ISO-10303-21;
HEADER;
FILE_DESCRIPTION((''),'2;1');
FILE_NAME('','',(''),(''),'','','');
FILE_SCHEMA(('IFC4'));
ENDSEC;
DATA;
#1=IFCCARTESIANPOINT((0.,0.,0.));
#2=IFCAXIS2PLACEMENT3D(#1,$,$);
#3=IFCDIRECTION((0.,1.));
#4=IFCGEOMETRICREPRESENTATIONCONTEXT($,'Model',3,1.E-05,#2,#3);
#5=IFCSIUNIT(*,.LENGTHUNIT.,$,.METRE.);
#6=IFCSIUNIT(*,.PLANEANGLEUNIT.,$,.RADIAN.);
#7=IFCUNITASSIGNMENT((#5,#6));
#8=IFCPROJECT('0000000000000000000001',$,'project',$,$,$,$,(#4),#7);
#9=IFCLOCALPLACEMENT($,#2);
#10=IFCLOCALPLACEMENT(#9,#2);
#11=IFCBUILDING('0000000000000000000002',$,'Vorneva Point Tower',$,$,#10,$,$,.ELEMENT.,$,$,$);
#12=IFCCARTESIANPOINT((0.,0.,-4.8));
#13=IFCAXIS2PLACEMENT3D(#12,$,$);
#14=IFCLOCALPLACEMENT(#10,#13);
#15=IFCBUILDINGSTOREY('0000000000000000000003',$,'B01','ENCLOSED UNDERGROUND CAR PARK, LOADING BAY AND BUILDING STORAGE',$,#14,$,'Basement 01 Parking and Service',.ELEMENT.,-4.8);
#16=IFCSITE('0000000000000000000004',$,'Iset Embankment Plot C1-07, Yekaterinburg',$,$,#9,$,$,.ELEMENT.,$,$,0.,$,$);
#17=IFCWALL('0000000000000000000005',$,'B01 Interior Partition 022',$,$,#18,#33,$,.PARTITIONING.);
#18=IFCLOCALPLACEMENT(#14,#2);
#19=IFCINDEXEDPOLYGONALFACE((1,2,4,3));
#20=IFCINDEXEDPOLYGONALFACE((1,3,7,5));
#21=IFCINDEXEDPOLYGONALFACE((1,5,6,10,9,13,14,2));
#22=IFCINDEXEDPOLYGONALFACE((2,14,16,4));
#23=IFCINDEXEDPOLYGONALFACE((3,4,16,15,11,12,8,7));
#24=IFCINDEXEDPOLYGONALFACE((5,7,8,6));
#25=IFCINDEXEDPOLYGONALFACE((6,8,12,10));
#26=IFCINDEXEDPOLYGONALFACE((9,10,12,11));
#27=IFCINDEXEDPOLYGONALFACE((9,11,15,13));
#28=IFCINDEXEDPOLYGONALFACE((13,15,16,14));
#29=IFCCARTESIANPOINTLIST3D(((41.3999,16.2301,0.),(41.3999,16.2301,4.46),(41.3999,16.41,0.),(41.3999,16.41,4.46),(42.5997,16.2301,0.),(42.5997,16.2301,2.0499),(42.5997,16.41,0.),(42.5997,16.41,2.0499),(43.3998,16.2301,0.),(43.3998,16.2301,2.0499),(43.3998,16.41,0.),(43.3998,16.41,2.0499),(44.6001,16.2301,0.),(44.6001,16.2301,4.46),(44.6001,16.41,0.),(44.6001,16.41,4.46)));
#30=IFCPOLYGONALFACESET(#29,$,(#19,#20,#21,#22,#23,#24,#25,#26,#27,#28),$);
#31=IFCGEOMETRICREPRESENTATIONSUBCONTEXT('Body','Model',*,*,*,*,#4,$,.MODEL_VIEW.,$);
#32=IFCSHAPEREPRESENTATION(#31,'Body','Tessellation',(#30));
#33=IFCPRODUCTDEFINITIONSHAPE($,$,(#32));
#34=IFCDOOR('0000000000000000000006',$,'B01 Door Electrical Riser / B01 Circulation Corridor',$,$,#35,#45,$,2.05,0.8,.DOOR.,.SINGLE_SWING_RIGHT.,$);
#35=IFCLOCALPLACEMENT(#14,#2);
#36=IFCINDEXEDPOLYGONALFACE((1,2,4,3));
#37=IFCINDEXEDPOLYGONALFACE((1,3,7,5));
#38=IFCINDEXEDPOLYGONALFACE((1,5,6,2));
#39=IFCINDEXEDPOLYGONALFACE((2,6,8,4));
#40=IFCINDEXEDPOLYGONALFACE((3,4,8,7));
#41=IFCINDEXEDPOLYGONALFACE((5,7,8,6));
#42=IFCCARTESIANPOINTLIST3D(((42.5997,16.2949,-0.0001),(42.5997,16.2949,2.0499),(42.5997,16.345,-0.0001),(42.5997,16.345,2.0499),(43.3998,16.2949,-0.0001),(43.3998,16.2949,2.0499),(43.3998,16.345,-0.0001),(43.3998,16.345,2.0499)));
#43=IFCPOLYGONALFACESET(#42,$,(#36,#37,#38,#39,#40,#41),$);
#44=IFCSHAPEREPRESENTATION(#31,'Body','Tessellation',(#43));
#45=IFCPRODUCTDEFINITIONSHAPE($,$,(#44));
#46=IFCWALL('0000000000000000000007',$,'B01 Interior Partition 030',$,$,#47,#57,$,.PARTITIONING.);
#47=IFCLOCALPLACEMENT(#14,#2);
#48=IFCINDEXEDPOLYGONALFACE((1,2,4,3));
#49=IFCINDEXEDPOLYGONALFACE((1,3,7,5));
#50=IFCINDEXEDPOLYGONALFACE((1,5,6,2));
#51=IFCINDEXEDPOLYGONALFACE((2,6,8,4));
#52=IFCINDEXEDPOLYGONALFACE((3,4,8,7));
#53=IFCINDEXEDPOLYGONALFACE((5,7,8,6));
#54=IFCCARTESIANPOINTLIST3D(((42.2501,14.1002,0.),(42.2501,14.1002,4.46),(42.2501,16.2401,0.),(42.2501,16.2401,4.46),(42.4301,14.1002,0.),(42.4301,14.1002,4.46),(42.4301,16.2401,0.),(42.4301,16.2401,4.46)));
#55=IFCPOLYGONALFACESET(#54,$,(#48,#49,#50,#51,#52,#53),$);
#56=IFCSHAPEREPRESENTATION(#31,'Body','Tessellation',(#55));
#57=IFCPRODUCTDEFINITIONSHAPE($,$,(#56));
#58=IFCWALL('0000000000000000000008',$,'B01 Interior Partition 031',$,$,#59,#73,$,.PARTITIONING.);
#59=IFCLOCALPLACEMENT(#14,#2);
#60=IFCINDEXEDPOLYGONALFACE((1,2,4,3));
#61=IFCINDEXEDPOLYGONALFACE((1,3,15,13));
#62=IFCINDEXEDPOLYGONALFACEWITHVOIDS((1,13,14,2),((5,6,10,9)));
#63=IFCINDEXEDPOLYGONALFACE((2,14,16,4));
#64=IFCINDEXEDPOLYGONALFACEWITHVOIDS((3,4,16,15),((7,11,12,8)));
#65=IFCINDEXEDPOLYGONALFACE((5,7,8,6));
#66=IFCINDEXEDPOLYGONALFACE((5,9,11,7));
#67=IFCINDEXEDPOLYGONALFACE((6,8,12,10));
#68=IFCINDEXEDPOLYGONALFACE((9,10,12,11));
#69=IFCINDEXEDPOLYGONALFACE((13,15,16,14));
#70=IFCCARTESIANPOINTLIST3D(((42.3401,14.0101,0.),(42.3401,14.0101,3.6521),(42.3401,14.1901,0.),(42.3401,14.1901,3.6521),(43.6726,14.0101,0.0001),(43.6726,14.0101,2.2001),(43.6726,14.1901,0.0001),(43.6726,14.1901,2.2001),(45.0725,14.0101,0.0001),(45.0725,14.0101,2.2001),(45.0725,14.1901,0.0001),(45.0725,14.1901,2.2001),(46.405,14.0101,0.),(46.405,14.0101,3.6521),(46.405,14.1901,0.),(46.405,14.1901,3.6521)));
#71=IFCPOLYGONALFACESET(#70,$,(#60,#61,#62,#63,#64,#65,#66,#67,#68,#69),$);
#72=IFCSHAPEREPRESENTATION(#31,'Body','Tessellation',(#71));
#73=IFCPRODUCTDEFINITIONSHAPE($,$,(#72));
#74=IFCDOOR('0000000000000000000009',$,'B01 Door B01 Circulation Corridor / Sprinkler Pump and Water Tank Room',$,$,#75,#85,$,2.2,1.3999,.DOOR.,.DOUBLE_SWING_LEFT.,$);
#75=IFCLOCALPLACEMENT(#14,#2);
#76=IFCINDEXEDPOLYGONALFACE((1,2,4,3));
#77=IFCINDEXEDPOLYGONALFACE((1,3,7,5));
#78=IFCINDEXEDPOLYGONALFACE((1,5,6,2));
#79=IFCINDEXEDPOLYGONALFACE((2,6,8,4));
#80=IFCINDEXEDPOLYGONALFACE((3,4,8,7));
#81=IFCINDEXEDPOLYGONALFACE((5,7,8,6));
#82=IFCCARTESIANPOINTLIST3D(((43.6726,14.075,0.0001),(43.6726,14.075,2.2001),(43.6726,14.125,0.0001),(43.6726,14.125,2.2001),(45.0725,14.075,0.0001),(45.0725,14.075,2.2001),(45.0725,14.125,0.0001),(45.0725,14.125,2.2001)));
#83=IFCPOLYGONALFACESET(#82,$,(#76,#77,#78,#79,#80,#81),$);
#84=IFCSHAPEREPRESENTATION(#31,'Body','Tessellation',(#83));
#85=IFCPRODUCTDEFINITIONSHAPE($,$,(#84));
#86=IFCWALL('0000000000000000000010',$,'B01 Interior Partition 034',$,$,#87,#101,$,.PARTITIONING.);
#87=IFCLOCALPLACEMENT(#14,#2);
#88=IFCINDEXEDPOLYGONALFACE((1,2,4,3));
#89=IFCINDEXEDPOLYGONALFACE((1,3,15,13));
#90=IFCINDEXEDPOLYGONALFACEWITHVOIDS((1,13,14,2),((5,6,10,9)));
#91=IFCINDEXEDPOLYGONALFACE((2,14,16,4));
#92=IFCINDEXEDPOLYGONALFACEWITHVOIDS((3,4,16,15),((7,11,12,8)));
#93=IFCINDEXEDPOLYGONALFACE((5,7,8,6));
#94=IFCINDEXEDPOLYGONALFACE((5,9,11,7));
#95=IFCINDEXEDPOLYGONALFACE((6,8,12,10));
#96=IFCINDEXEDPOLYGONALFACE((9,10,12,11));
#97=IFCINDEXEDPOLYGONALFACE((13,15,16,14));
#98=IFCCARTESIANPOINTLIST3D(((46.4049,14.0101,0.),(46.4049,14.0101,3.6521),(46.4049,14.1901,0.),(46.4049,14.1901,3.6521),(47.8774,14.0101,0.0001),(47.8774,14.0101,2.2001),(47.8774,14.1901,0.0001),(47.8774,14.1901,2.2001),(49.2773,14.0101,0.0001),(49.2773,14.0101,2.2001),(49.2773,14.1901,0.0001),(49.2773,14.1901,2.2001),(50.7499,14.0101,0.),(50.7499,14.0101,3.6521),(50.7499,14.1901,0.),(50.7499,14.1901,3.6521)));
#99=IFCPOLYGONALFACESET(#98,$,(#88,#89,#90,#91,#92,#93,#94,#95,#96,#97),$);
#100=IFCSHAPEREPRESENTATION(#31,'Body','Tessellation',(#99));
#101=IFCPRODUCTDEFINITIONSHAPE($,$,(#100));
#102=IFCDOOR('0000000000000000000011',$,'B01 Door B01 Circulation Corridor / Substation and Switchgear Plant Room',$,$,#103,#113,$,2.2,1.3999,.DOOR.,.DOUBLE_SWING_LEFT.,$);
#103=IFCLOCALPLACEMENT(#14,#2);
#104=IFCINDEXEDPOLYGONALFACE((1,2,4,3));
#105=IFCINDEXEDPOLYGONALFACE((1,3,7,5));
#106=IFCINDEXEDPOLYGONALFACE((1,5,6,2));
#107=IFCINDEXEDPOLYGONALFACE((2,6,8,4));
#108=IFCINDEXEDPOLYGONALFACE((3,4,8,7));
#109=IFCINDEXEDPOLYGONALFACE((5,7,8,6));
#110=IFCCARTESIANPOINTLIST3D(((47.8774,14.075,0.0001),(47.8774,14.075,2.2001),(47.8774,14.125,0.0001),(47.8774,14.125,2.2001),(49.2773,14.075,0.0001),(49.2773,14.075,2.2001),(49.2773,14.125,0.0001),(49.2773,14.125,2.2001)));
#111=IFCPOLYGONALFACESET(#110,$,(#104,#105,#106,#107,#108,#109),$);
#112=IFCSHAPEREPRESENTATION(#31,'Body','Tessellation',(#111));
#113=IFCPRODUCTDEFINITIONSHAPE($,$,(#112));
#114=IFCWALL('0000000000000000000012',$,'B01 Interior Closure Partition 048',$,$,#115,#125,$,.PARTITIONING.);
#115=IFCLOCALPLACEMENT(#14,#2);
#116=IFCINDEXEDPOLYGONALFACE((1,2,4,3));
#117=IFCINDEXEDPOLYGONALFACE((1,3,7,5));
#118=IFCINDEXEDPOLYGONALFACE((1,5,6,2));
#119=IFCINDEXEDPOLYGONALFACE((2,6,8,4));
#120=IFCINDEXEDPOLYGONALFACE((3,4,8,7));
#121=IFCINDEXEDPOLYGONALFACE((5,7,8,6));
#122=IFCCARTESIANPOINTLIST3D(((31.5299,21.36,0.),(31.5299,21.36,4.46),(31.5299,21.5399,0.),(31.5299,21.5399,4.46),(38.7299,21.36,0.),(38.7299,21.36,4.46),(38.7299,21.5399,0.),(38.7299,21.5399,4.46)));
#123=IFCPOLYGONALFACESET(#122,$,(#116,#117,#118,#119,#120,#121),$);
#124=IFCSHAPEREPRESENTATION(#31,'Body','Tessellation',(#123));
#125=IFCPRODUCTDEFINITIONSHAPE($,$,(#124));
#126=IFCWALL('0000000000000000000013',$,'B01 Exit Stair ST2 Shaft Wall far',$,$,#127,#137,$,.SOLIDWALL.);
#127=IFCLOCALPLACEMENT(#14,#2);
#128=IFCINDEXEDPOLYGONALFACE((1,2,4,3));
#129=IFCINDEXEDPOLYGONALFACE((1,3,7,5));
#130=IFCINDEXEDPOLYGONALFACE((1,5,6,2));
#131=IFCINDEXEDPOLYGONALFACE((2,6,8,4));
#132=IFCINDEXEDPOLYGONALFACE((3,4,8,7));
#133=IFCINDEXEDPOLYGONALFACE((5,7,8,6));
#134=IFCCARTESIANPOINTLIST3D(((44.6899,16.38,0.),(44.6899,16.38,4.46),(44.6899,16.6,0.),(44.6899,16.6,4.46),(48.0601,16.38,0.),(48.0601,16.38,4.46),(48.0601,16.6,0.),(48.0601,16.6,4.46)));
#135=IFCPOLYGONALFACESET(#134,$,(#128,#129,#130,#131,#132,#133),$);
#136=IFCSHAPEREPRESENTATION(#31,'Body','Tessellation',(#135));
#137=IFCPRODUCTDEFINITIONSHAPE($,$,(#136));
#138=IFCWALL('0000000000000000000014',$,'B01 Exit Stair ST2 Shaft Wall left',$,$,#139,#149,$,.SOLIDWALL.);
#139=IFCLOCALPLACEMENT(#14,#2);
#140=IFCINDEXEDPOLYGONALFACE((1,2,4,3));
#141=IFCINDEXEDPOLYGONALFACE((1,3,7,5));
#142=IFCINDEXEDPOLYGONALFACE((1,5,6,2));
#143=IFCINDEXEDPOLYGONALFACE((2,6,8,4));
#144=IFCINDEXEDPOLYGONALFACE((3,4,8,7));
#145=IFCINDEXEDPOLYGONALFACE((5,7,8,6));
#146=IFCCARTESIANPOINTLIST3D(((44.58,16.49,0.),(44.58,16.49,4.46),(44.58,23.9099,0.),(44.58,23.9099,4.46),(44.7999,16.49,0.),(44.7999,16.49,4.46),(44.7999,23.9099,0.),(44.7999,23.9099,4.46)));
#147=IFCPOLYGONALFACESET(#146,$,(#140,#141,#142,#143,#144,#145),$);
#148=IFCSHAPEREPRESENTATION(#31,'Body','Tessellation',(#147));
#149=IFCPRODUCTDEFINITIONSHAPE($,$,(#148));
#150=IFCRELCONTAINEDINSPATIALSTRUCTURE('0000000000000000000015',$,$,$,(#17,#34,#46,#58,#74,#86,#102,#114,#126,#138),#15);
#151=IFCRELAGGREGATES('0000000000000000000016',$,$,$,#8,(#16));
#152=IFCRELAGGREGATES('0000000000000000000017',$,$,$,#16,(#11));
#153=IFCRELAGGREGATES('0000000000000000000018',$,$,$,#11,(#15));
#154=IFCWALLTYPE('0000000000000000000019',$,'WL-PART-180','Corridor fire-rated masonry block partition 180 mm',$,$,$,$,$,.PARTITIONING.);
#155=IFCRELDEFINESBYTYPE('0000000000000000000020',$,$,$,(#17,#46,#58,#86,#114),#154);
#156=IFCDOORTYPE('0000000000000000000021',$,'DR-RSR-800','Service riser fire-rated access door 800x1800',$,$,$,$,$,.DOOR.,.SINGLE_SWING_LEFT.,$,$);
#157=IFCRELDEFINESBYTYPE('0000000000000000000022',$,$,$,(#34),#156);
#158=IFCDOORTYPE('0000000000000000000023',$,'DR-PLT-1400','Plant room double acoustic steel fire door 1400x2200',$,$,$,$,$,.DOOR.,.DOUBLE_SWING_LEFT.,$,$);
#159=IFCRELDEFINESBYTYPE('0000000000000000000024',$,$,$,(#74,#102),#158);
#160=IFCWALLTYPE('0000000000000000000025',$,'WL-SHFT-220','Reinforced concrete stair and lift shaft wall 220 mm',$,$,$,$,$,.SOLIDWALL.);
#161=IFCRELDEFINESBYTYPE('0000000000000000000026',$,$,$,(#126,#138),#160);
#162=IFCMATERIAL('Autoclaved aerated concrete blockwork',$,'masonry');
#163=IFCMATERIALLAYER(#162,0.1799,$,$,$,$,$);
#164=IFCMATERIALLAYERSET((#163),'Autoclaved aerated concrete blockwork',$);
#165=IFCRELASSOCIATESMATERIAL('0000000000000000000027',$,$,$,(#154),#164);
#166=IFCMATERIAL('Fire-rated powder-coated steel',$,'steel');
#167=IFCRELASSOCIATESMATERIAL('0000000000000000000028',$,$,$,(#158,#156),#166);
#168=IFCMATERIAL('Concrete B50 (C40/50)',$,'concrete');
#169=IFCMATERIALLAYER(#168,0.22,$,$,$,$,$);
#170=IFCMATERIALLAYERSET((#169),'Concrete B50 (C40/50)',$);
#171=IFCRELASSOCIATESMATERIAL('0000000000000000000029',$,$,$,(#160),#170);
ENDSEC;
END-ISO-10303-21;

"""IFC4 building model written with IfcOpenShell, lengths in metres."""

from ifc_helpers import new_model, si_unit, direction, frame, frame_2d, origin, place, context, subcontext, project, spatial, rectangle, extrude, material, layer, layer_set, type_object, element, fill, save


model = new_model("IFC4")

# Units and contexts
model_context = context("Model", 3, precision=1e-05, world=origin(), true_north=direction((0.0, 1.0)))
body_context = subcontext(model_context, "Body", "Model", "MODEL_VIEW")
ifc_project = project(units=[si_unit("LENGTHUNIT", "METRE"), si_unit("PLANEANGLEUNIT", "RADIAN")], contexts=[model_context])

# Site, building, storey
site_placement = place(None, origin())
site = spatial("IfcSite", under=ifc_project, at=site_placement, Name="Iset Embankment Plot C1-07, Yekaterinburg", CompositionType="ELEMENT", RefElevation=0.0)
building_placement = place(site_placement, origin())
building = spatial("IfcBuilding", under=site, at=building_placement, Name="Vorneva Point Tower", CompositionType="ELEMENT")
storey_placement = place(building_placement, frame((0.0, 0.0, -4.8)))
storey = spatial("IfcBuildingStorey", under=building, at=storey_placement, Name="B01", Description="ENCLOSED UNDERGROUND CAR PARK, LOADING BAY AND BUILDING STORAGE", LongName="Basement 01 Parking and Service", CompositionType="ELEMENT", Elevation=-4.8)

# Shared definitions
ifc_material_1 = material(Name="Autoclaved aerated concrete blockwork", Category="masonry")
ifc_layer_1 = layer(ifc_material_1, 0.1799)
ifc_layer_set_1 = layer_set([ifc_layer_1], Name="Autoclaved aerated concrete blockwork")
wall_type_1 = type_object("IfcWallType", Name="WL-PART-180", Description="Corridor fire-rated masonry block partition 180 mm", PredefinedType="PARTITIONING", material=ifc_layer_set_1)
ifc_material_2 = material(Name="Fire-rated powder-coated steel", Category="steel")
door_type_1 = type_object("IfcDoorType", Name="DR-PLT-1400", Description="Plant room double acoustic steel fire door 1400x2200", OperationType="DOUBLE_SWING_LEFT", PredefinedType="DOOR", material=ifc_material_2)
door_type_2 = type_object("IfcDoorType", Name="DR-RSR-800", Description="Service riser fire-rated access door 800x1800", OperationType="SINGLE_SWING_LEFT", PredefinedType="DOOR", material=ifc_material_2)

# Wall, opening, door
wall_1_placement = place(storey_placement, frame((41.3999, 16.3201, 0.0), z_axis=(0.0, 0.0, 1.0), x_axis=(1.0, 0.0, 0.0)))
wall_1 = element("IfcWall", 1, at=wall_1_placement, inside=storey, type_object=wall_type_1, Name="B01 Interior Partition 022", PredefinedType="PARTITIONING", context=body_context, shape_type="SweptSolid", body=[
    extrude(rectangle(XDim=3.2002, YDim=0.1799, at=frame_2d((1.6001, 0.0))), origin(), (0.0, 0.0, 1.0), 4.46),
])
opening_1_placement = place(wall_1_placement, frame((1.2, 0.0, 0.0)))
opening_1 = element("IfcOpeningElement", 2, at=opening_1_placement, cuts=wall_1, PredefinedType="OPENING", context=body_context, shape_type="SweptSolid", body=[
    extrude(rectangle(XDim=0.8, YDim=2.05, at=frame_2d((0.3999, 1.0249))), frame((0.0, 0.105, 0.0), z_axis=(0.0, -1.0, 0.0), x_axis=(1.0, 0.0, 0.0)), (0.0, 0.0, 1.0), 0.2097),
])
door_1_placement = place(opening_1_placement, origin())
door_1 = element("IfcDoor", 3, at=door_1_placement, inside=storey, type_object=door_type_2, Name="B01 Door Electrical Riser / B01 Circulation Corridor", OperationType="SINGLE_SWING_RIGHT", OverallHeight=2.05, OverallWidth=0.8, PredefinedType="DOOR", context=body_context, shape_type="SweptSolid", body=[
    extrude(rectangle(XDim=0.8, YDim=2.05, at=frame_2d((0.3999, 1.0249))), frame((0.0, 0.0249, 0.0), z_axis=(0.0, -1.0, 0.0), x_axis=(1.0, 0.0, 0.0)), (0.0, 0.0, 1.0), 0.05),
])
fill(opening_1, door_1)

# Wall
wall_2_placement = place(storey_placement, frame((42.3401, 16.24, 0.0), z_axis=(0.0, 0.0, 1.0), x_axis=(0.0, -1.0, 0.0)))
element("IfcWall", 4, at=wall_2_placement, inside=storey, type_object=wall_type_1, Name="B01 Interior Partition 030", PredefinedType="PARTITIONING", context=body_context, shape_type="SweptSolid", body=[
    extrude(rectangle(XDim=2.1399, YDim=0.1799, at=frame_2d((1.0698, 0.0))), origin(), (0.0, 0.0, 1.0), 4.46),
])

# Walls, openings, doors
wall_3_placement = place(storey_placement, frame((42.3401, 14.1001, 0.0), z_axis=(0.0, 0.0, 1.0), x_axis=(1.0, 0.0, 0.0)))
wall_3 = element("IfcWall", 5, at=wall_3_placement, inside=storey, type_object=wall_type_1, Name="B01 Interior Partition 031", PredefinedType="PARTITIONING", context=body_context, shape_type="SweptSolid", body=[
    extrude(rectangle(XDim=4.0649, YDim=0.1799, at=frame_2d((2.0325, 0.0))), origin(), (0.0, 0.0, 1.0), 3.6521),
])
opening_2_placement = place(wall_3_placement, frame((1.3325, 0.0, 0.0)))
opening_2 = element("IfcOpeningElement", 6, at=opening_2_placement, cuts=wall_3, PredefinedType="OPENING", context=body_context, shape_type="SweptSolid", body=[
    extrude(rectangle(XDim=1.3999, YDim=2.2, at=frame_2d((0.7, 1.1001))), frame((0.0, 0.105, 0.0), z_axis=(0.0, -1.0, 0.0), x_axis=(1.0, 0.0, 0.0)), (0.0, 0.0, 1.0), 0.2097),
])
door_2_placement = place(opening_2_placement, origin())
door_2 = element("IfcDoor", 7, at=door_2_placement, inside=storey, type_object=door_type_1, Name="B01 Door B01 Circulation Corridor / Sprinkler Pump and Water Tank Room", OperationType="DOUBLE_SWING_LEFT", OverallHeight=2.2, OverallWidth=1.3999, PredefinedType="DOOR", context=body_context, shape_type="SweptSolid", body=[
    extrude(rectangle(XDim=1.3999, YDim=2.2, at=frame_2d((0.7, 1.1001))), frame((0.0, 0.0249, 0.0), z_axis=(0.0, -1.0, 0.0), x_axis=(1.0, 0.0, 0.0)), (0.0, 0.0, 1.0), 0.05),
])
fill(opening_2, door_2)
wall_4_placement = place(storey_placement, frame((46.405, 14.1001, 0.0), z_axis=(0.0, 0.0, 1.0), x_axis=(1.0, 0.0, 0.0)))
wall_4 = element("IfcWall", 8, at=wall_4_placement, inside=storey, type_object=wall_type_1, Name="B01 Interior Partition 034", PredefinedType="PARTITIONING", context=body_context, shape_type="SweptSolid", body=[
    extrude(rectangle(XDim=4.345, YDim=0.1799, at=frame_2d((2.1724, 0.0))), origin(), (0.0, 0.0, 1.0), 3.6521),
])
opening_3_placement = place(wall_4_placement, frame((1.4724, 0.0, 0.0)))
opening_3 = element("IfcOpeningElement", 9, at=opening_3_placement, cuts=wall_4, PredefinedType="OPENING", context=body_context, shape_type="SweptSolid", body=[
    extrude(rectangle(XDim=1.3999, YDim=2.2, at=frame_2d((0.7, 1.1001))), frame((0.0, 0.105, 0.0), z_axis=(0.0, -1.0, 0.0), x_axis=(1.0, 0.0, 0.0)), (0.0, 0.0, 1.0), 0.2097),
])
door_3_placement = place(opening_3_placement, origin())
door_3 = element("IfcDoor", 10, at=door_3_placement, inside=storey, type_object=door_type_1, Name="B01 Door B01 Circulation Corridor / Substation and Switchgear Plant Room", OperationType="DOUBLE_SWING_LEFT", OverallHeight=2.2, OverallWidth=1.3999, PredefinedType="DOOR", context=body_context, shape_type="SweptSolid", body=[
    extrude(rectangle(XDim=1.3999, YDim=2.2, at=frame_2d((0.7, 1.1001))), frame((0.0, 0.0249, 0.0), z_axis=(0.0, -1.0, 0.0), x_axis=(1.0, 0.0, 0.0)), (0.0, 0.0, 1.0), 0.05),
])
fill(opening_3, door_3)

# Walls
wall_5_placement = place(storey_placement, frame((38.73, 21.45, 0.0), z_axis=(0.0, 0.0, 1.0), x_axis=(-1.0, 0.0, 0.0)))
element("IfcWall", 11, at=wall_5_placement, inside=storey, type_object=wall_type_1, Name="B01 Interior Closure Partition 048", PredefinedType="PARTITIONING", context=body_context, shape_type="SweptSolid", body=[
    extrude(rectangle(XDim=7.2, YDim=0.1799, at=frame_2d((3.6001, 0.0))), origin(), (0.0, 0.0, 1.0), 4.46),
])
ifc_material_3 = material(Name="Concrete B50 (C40/50)", Category="concrete")
ifc_layer_2 = layer(ifc_material_3, 0.22)
ifc_layer_set_2 = layer_set([ifc_layer_2], Name="Concrete B50 (C40/50)")
wall_type_2 = type_object("IfcWallType", Name="WL-SHFT-220", Description="Reinforced concrete stair and lift shaft wall 220 mm", PredefinedType="SOLIDWALL", material=ifc_layer_set_2)
wall_6_placement = place(storey_placement, frame((48.0601, 16.49, 0.0), z_axis=(0.0, 0.0, 1.0), x_axis=(-1.0, 0.0, 0.0)))
element("IfcWall", 12, at=wall_6_placement, inside=storey, type_object=wall_type_2, Name="B01 Exit Stair ST2 Shaft Wall far", PredefinedType="SOLIDWALL", context=body_context, shape_type="SweptSolid", body=[
    extrude(rectangle(XDim=3.3701, YDim=0.22, at=frame_2d((1.6851, 0.0))), origin(), (0.0, 0.0, 1.0), 4.46),
])
wall_7_placement = place(storey_placement, frame((44.6899, 16.49, 0.0), z_axis=(0.0, 0.0, 1.0), x_axis=(0.0, 1.0, 0.0)))
element("IfcWall", 13, at=wall_7_placement, inside=storey, type_object=wall_type_2, Name="B01 Exit Stair ST2 Shaft Wall left", PredefinedType="SOLIDWALL", context=body_context, shape_type="SweptSolid", body=[
    extrude(rectangle(XDim=7.4199, YDim=0.22, at=frame_2d((3.71, 0.0))), origin(), (0.0, 0.0, 1.0), 4.46),
])

save(model, "model.ifc")
